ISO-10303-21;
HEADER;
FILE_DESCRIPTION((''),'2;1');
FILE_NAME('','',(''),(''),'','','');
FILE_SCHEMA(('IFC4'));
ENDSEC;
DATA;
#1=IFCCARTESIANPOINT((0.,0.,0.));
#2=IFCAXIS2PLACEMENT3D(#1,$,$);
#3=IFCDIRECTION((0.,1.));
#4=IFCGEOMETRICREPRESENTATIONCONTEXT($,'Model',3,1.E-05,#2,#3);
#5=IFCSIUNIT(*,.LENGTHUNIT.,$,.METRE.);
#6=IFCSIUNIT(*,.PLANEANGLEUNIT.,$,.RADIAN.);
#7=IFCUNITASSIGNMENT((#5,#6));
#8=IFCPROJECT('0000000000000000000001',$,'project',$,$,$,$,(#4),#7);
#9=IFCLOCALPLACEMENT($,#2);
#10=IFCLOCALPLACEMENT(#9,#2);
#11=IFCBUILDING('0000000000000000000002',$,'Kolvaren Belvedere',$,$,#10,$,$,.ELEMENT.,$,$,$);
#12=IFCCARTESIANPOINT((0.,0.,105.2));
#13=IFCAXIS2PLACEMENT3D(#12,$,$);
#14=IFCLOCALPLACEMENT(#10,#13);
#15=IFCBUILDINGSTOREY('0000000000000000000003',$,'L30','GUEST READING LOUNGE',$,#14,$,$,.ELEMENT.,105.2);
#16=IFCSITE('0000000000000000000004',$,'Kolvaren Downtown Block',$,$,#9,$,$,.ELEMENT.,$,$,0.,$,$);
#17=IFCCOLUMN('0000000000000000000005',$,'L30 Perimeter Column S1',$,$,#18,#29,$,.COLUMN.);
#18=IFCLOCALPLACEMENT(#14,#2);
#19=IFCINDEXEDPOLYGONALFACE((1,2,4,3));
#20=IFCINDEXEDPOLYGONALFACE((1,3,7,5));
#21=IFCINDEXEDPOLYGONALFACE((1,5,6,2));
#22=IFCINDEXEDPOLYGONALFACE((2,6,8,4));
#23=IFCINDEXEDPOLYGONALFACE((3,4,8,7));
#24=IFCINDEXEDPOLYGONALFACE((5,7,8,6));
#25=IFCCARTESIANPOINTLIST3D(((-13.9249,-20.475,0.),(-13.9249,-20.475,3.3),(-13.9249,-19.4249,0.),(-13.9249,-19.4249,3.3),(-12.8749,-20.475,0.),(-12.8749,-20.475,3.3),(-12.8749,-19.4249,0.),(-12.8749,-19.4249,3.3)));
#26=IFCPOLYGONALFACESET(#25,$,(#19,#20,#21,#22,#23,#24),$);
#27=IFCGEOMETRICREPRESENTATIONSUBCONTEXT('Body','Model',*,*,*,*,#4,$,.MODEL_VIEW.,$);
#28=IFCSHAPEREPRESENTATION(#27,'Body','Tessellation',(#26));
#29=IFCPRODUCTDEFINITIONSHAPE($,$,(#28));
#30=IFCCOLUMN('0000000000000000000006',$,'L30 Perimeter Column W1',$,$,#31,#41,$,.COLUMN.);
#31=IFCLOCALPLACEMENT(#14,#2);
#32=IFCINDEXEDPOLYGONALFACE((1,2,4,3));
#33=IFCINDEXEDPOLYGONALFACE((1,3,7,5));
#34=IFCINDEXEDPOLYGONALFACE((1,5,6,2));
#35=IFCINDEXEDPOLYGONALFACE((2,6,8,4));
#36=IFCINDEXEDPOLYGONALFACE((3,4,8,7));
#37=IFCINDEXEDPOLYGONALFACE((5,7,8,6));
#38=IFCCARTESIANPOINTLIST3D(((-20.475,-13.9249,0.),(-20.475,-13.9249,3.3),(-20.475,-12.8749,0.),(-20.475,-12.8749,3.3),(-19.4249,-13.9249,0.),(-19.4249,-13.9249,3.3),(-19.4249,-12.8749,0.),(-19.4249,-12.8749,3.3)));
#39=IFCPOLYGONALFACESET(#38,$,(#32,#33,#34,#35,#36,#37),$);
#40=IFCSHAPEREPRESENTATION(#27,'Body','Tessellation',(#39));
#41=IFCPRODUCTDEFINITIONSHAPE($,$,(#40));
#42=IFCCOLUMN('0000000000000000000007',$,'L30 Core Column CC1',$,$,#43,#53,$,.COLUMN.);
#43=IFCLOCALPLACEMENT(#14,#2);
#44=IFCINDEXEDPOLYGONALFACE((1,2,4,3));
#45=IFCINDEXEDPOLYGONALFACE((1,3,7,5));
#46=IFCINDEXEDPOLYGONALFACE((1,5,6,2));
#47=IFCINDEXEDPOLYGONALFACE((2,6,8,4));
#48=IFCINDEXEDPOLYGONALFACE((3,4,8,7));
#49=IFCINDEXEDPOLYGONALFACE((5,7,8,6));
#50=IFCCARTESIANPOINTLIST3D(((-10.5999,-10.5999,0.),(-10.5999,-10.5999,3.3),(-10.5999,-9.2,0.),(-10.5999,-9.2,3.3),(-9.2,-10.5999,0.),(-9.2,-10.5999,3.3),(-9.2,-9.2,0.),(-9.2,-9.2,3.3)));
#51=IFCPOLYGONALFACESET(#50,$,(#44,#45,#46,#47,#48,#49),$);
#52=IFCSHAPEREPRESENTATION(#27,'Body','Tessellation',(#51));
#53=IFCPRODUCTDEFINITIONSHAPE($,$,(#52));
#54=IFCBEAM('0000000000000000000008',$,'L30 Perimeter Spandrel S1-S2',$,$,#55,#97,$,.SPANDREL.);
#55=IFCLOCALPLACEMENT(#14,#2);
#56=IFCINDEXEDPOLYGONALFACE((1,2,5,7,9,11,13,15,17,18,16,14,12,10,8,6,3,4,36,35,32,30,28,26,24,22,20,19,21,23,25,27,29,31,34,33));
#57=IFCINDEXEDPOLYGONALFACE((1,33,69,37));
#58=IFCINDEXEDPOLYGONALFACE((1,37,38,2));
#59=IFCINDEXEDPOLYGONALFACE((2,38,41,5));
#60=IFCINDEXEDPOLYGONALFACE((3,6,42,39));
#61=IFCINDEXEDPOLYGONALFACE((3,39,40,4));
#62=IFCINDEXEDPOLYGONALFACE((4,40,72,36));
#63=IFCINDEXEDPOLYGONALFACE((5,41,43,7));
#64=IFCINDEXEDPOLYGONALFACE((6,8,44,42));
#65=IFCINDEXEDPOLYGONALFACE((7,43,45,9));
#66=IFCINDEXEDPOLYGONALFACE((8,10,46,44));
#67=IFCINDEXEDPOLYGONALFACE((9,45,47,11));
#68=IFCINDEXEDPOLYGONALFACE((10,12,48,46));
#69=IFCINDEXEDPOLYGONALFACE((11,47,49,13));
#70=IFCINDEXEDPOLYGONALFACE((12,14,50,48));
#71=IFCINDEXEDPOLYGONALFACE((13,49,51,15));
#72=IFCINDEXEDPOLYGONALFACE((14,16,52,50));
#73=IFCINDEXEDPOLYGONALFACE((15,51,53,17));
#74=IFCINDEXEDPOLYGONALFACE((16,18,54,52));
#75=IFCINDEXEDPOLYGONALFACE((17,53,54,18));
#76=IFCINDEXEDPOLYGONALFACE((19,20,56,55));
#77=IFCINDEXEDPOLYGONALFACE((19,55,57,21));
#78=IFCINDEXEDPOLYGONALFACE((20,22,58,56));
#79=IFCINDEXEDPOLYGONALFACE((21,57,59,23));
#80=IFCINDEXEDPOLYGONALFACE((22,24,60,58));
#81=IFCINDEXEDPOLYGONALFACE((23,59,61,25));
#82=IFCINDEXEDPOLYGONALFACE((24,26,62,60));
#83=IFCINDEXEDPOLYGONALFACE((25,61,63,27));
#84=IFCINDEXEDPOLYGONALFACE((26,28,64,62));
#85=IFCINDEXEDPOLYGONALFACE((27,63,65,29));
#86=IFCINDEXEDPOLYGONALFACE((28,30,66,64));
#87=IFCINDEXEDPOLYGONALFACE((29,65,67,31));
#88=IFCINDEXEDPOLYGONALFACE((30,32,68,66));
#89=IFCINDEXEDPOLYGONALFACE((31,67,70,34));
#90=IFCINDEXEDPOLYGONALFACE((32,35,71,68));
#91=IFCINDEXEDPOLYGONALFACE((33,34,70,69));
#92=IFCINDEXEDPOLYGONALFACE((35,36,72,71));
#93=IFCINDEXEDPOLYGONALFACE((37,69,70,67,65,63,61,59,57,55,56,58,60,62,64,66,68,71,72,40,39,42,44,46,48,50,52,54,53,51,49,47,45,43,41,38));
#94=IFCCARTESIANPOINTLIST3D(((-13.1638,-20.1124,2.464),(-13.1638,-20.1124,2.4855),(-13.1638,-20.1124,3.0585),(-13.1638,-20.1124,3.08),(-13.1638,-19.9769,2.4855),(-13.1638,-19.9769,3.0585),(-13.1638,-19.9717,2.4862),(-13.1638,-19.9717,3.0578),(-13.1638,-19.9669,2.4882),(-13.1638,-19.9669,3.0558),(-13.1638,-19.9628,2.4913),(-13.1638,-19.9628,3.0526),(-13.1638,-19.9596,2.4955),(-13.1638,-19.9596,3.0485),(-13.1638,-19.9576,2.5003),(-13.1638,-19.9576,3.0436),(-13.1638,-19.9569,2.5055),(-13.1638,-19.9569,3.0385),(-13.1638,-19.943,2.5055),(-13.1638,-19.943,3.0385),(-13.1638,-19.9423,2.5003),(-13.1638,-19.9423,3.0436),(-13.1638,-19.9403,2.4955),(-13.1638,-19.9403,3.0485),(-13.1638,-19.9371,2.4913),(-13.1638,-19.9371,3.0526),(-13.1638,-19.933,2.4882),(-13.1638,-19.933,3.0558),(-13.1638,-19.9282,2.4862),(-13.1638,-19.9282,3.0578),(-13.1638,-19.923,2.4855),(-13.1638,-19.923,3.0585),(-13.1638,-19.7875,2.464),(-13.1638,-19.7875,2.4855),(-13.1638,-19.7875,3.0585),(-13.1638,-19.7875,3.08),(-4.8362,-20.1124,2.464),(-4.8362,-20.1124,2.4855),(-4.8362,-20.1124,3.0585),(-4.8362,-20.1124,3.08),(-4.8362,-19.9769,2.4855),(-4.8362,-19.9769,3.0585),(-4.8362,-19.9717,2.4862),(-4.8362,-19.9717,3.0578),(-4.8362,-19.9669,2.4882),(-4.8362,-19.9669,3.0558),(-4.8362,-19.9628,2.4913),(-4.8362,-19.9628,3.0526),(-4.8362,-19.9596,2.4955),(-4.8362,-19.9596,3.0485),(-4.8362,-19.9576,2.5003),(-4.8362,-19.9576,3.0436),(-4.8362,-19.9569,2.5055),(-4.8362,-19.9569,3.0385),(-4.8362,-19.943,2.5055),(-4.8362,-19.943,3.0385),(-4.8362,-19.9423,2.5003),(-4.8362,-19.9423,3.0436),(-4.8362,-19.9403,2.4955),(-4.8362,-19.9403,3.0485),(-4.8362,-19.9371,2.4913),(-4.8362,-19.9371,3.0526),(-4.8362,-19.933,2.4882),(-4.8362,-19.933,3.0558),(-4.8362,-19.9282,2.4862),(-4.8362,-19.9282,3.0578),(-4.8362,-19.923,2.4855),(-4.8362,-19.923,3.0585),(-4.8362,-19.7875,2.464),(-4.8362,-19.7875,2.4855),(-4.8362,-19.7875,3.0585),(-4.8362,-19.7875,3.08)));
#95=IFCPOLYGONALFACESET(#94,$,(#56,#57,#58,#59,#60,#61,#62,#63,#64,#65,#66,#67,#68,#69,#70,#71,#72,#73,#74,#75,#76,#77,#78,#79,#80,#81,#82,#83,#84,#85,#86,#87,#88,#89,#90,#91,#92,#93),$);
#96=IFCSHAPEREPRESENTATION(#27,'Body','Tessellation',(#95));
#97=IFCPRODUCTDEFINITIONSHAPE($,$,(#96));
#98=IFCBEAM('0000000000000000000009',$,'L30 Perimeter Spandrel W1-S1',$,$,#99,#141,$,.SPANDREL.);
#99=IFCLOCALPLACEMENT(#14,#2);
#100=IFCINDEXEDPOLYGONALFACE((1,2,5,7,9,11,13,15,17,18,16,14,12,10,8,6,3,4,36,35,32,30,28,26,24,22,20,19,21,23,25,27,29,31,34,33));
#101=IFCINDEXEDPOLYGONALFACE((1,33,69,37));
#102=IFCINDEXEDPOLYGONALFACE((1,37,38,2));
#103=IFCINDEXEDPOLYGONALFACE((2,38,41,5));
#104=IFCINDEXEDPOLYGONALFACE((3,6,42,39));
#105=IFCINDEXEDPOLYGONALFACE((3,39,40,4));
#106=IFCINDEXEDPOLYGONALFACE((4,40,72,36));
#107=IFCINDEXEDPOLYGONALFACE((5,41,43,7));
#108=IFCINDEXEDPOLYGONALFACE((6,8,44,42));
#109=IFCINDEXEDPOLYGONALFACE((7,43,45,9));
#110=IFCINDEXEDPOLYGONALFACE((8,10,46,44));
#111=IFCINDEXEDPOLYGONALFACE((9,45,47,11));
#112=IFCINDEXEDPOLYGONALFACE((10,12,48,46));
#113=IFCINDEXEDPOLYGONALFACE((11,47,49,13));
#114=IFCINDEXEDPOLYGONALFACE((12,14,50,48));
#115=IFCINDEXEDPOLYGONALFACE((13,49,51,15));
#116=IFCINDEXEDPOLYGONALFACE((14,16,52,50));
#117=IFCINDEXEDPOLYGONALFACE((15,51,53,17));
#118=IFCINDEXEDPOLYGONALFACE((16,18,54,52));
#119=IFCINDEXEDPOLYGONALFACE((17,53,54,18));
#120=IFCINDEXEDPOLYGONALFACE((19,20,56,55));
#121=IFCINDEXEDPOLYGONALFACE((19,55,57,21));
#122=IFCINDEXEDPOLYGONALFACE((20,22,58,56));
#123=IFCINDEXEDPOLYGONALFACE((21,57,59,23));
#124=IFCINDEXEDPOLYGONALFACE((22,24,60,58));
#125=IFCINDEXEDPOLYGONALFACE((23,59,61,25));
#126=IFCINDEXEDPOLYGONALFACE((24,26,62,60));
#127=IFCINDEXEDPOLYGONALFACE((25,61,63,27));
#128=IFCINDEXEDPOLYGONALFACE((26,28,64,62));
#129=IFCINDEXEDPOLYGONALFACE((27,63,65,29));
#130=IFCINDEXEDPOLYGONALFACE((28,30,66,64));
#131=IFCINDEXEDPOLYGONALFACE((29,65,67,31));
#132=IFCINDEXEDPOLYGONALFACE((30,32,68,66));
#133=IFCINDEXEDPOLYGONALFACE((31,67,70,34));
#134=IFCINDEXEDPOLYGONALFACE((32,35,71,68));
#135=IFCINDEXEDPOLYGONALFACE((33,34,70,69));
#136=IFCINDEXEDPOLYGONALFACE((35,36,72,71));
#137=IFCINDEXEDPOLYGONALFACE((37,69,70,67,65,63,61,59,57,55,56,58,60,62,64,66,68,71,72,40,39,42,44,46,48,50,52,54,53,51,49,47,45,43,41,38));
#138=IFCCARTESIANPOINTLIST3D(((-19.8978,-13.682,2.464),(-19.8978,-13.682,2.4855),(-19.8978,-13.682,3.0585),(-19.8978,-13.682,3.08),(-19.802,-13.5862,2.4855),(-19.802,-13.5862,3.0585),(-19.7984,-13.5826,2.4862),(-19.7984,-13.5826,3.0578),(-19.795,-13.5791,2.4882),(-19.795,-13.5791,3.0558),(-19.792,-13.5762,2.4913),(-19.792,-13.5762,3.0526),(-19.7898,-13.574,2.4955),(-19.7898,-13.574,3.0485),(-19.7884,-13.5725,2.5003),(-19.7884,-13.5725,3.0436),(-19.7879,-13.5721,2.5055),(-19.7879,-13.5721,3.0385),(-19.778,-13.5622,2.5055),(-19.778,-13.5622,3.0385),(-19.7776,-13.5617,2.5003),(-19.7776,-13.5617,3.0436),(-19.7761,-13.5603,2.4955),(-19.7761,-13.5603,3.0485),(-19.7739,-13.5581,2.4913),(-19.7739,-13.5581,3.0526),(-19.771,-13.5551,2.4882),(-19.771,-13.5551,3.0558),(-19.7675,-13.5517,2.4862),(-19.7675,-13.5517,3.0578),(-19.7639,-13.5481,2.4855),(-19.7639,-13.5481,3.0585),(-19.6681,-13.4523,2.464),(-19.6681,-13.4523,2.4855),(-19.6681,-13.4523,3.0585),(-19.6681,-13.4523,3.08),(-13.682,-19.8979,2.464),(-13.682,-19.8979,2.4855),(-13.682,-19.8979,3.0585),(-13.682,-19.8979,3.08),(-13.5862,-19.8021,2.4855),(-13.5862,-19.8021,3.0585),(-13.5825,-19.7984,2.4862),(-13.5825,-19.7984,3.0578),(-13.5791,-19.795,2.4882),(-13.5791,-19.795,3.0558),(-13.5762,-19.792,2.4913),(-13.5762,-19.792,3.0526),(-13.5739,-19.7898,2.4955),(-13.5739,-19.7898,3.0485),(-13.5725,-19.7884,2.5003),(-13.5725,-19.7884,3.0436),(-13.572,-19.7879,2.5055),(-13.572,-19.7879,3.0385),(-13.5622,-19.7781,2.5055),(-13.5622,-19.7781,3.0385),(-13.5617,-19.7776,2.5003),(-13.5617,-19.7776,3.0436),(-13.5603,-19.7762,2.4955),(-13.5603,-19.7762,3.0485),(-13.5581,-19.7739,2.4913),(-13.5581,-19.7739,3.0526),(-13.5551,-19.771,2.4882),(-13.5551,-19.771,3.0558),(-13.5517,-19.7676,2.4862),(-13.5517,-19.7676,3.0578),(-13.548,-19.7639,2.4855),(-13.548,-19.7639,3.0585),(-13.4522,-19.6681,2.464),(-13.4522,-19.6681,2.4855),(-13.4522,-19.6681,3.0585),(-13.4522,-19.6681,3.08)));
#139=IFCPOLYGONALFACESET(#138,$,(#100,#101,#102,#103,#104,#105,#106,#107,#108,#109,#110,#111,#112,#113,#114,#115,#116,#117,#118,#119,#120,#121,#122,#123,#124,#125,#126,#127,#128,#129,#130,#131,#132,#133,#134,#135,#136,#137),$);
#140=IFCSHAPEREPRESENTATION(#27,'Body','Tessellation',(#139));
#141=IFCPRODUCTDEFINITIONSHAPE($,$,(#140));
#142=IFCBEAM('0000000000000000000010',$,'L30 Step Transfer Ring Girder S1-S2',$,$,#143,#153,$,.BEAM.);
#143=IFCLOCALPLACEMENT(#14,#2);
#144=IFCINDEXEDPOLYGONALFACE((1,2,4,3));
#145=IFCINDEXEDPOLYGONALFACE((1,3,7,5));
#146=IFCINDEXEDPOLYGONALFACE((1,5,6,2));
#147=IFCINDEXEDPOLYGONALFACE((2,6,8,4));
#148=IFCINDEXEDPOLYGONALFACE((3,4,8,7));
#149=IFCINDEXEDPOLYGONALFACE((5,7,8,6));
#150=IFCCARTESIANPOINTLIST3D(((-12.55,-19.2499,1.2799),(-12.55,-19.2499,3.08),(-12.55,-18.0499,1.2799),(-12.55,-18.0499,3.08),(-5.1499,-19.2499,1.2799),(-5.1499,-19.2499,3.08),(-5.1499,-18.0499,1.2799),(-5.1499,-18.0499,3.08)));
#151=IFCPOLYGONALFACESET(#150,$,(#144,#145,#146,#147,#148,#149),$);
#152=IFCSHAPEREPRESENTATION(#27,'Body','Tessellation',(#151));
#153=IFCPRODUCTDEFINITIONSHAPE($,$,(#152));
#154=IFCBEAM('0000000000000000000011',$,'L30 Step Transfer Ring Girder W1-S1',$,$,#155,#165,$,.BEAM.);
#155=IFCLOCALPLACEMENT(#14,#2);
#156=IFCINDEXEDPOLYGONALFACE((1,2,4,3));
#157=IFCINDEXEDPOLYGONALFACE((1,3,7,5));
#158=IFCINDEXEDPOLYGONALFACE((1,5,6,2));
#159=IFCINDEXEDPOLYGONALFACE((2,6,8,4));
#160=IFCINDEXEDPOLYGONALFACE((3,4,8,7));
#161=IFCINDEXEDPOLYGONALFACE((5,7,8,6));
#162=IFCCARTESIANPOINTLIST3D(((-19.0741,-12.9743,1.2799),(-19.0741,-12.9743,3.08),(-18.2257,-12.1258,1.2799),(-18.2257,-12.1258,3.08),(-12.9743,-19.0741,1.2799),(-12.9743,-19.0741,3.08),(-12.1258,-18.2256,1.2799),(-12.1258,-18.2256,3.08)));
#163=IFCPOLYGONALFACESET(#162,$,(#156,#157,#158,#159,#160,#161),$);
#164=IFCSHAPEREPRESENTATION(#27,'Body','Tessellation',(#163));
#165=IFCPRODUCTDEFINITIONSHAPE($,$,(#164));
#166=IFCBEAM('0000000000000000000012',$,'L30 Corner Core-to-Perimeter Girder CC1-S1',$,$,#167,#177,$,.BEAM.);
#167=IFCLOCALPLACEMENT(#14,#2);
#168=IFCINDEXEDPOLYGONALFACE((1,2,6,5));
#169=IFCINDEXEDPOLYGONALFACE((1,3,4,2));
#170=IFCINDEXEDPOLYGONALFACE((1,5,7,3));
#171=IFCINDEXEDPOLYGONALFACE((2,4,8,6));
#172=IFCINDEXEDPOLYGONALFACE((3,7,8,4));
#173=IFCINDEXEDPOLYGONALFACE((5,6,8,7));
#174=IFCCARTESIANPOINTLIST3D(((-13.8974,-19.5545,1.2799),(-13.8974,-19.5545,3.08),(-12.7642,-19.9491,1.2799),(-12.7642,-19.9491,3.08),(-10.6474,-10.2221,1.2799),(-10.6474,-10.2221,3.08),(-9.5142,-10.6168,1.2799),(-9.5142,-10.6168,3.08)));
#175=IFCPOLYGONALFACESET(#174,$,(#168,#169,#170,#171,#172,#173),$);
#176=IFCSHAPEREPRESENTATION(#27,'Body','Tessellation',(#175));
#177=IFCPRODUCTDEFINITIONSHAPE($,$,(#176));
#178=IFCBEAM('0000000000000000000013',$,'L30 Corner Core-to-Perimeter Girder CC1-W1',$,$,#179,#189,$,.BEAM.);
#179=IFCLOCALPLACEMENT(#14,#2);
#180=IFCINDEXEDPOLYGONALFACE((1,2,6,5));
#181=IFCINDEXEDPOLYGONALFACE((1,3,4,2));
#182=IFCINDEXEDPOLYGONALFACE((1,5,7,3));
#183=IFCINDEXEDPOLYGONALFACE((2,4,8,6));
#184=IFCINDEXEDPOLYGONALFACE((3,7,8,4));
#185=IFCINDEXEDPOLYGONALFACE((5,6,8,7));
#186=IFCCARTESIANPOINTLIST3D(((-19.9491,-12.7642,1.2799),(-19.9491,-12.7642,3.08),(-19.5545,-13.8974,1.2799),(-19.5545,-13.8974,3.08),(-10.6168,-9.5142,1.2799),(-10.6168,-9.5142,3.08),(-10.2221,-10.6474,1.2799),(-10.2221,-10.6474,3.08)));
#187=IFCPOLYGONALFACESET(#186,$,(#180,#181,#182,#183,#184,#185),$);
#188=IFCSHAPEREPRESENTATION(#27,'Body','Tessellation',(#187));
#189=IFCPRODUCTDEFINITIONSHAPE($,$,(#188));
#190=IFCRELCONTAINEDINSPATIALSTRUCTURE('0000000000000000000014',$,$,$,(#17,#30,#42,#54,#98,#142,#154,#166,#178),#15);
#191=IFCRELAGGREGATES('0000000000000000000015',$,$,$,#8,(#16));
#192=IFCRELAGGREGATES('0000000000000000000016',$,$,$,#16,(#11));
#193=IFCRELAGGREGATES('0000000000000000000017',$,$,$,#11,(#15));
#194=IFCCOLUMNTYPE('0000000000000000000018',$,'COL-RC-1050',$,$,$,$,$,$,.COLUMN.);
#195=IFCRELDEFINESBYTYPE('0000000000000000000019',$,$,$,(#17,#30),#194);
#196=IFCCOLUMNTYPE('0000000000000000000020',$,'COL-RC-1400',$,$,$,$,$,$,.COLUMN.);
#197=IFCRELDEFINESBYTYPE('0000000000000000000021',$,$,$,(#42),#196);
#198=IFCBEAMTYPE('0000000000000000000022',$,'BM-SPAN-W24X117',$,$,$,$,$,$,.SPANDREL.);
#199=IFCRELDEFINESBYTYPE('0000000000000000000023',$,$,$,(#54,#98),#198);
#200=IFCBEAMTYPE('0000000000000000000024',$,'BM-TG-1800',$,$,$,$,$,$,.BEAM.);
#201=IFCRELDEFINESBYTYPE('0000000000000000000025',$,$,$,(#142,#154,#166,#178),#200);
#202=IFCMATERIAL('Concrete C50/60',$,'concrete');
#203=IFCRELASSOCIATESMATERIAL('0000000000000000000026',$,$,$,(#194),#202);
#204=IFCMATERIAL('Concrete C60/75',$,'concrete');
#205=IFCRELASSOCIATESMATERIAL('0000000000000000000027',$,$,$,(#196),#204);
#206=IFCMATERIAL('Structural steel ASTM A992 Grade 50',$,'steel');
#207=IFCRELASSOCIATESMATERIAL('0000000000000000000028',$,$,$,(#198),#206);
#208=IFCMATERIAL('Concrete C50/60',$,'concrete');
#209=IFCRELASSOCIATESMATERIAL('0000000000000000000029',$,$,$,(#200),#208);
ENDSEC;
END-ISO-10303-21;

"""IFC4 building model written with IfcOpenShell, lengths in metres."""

from ifc_helpers import new_model, si_unit, direction, frame, origin, origin_2d, place, context, subcontext, project, spatial, rectangle, i_section, extrude, material, material_profile, profile_set, type_object, element, save


model = new_model("IFC4")

# Units and contexts
model_context = context("Model", 3, precision=1e-05, world=origin(), true_north=direction((0.0, 1.0)))
body_context = subcontext(model_context, "Body", "Model", "MODEL_VIEW")
ifc_project = project(units=[si_unit("LENGTHUNIT", "METRE"), si_unit("PLANEANGLEUNIT", "RADIAN")], contexts=[model_context])

# Site, building, storey
site_placement = place(None, origin())
site = spatial("IfcSite", under=ifc_project, at=site_placement, Name="Kolvaren Downtown Block", CompositionType="ELEMENT", RefElevation=0.0)
building_placement = place(site_placement, origin())
building = spatial("IfcBuilding", under=site, at=building_placement, Name="Kolvaren Belvedere", CompositionType="ELEMENT")
storey_placement = place(building_placement, frame((0.0, 0.0, 105.2)))
storey = spatial("IfcBuildingStorey", under=building, at=storey_placement, Name="L30", Description="GUEST READING LOUNGE", CompositionType="ELEMENT", Elevation=105.2)

# Columns
ifc_material_1 = material(Name="Concrete C50/60", Category="concrete")
ifc_material_profile_1 = material_profile(ifc_material_1, rectangle(XDim=1.05, YDim=1.05, at=origin_2d()), Name="RC 1050X1050")
ifc_profile_set_1 = profile_set([ifc_material_profile_1], Name="Concrete C50/60")
column_type_1 = type_object("IfcColumnType", Name="COL-RC-1050", PredefinedType="COLUMN", material=ifc_profile_set_1)
for number, where, z_axis, x_axis, name in (
    (1, (-13.3999, -19.95, 0.0), (0.0, 0.0, 1.0), (1.0, 0.0, 0.0), "L30 Perimeter Column S1"),
    (2, (-19.95, -13.3999, 0.0), (0.0, 0.0, 1.0), (1.0, 0.0, 0.0), "L30 Perimeter Column W1"),
):
    element("IfcColumn", number, at=place(storey_placement, frame(where, z_axis=z_axis, x_axis=x_axis)), inside=storey, type_object=column_type_1, Name=name, PredefinedType="COLUMN", context=body_context, shape_type="SweptSolid", body=[
        extrude(rectangle(XDim=1.05, YDim=1.05, at=origin_2d()), origin(), (0.0, 0.0, 1.0), 3.3),
    ])
ifc_material_2 = material(Name="Concrete C60/75", Category="concrete")
ifc_material_profile_2 = material_profile(ifc_material_2, rectangle(XDim=1.3999, YDim=1.3999, at=origin_2d()), Name="RC 1400X1400")
ifc_profile_set_2 = profile_set([ifc_material_profile_2], Name="Concrete C60/75")
column_type_2 = type_object("IfcColumnType", Name="COL-RC-1400", PredefinedType="COLUMN", material=ifc_profile_set_2)
column_placement = place(storey_placement, frame((-9.8999, -9.8999, 0.0), z_axis=(0.0, 0.0, 1.0), x_axis=(1.0, 0.0, 0.0)))
element("IfcColumn", 3, at=column_placement, inside=storey, type_object=column_type_2, Name="L30 Core Column CC1", PredefinedType="COLUMN", context=body_context, shape_type="SweptSolid", body=[
    extrude(rectangle(XDim=1.3999, YDim=1.3999, at=origin_2d()), origin(), (0.0, 0.0, 1.0), 3.3),
])

# Beams
ifc_material_3 = material(Name="Structural steel ASTM A992 Grade 50", Category="steel")
ifc_material_profile_3 = material_profile(ifc_material_3, i_section(OverallWidth=0.325, OverallDepth=0.616, WebThickness=0.0139, FlangeThickness=0.0215, FilletRadius=0.02, at=origin_2d()), Name="W24X117")
ifc_profile_set_3 = profile_set([ifc_material_profile_3], Name="Structural steel ASTM A992 Grade 50")
beam_type_1 = type_object("IfcBeamType", Name="BM-SPAN-W24X117", PredefinedType="SPANDREL", material=ifc_profile_set_3)
beam_1_placement = place(storey_placement, frame((-13.1638, -19.95, 2.772), z_axis=(1.0, 0.0, 0.0), x_axis=(0.0, 1.0, 0.0)))
element("IfcBeam", 4, at=beam_1_placement, inside=storey, type_object=beam_type_1, Name="L30 Perimeter Spandrel S1-S2", PredefinedType="SPANDREL", context=body_context, shape_type="SweptSolid", body=[
    extrude(i_section(OverallWidth=0.325, OverallDepth=0.616, WebThickness=0.0139, FlangeThickness=0.0215, FilletRadius=0.02, at=origin_2d()), origin(), (0.0, 0.0, 1.0), 8.3276),
])
beam_2_placement = place(storey_placement, frame((-19.783, -13.5671, 2.772), z_axis=(0.707107, -0.707107, 0.0), x_axis=(0.707107, 0.707107, 0.0)))
element("IfcBeam", 5, at=beam_2_placement, inside=storey, type_object=beam_type_1, Name="L30 Perimeter Spandrel W1-S1", PredefinedType="SPANDREL", context=body_context, shape_type="SweptSolid", body=[
    extrude(i_section(OverallWidth=0.325, OverallDepth=0.616, WebThickness=0.0139, FlangeThickness=0.0215, FilletRadius=0.02, at=origin_2d()), origin(), (0.0, 0.0, 1.0), 8.7905),
])
ifc_material_4 = material(Name="Concrete C50/60", Category="concrete")
ifc_material_profile_4 = material_profile(ifc_material_4, rectangle(XDim=1.2, YDim=1.8, at=origin_2d()), Name="RC 1200X1800")
ifc_profile_set_4 = profile_set([ifc_material_profile_4], Name="Concrete C50/60")
beam_type_2 = type_object("IfcBeamType", Name="BM-TG-1800", PredefinedType="BEAM", material=ifc_profile_set_4)
beam_3_placement = place(storey_placement, frame((-12.55, -18.6499, 2.1799), z_axis=(1.0, 0.0, 0.0), x_axis=(0.0, 1.0, 0.0)))
element("IfcBeam", 6, at=beam_3_placement, inside=storey, type_object=beam_type_2, Name="L30 Step Transfer Ring Girder S1-S2", PredefinedType="BEAM", context=body_context, shape_type="SweptSolid", body=[
    extrude(rectangle(XDim=1.2, YDim=1.8, at=origin_2d()), origin(), (0.0, 0.0, 1.0), 7.4001),
])
beam_4_placement = place(storey_placement, frame((-18.6499, -12.55, 2.1799), z_axis=(0.707107, -0.707107, 0.0), x_axis=(0.707107, 0.707107, 0.0)))
element("IfcBeam", 7, at=beam_4_placement, inside=storey, type_object=beam_type_2, Name="L30 Step Transfer Ring Girder W1-S1", PredefinedType="BEAM", context=body_context, shape_type="SweptSolid", body=[
    extrude(rectangle(XDim=1.2, YDim=1.8, at=origin_2d()), origin(), (0.0, 0.0, 1.0), 8.6265),
])
for number, where, z_axis, x_axis, name in (
    (8, (-10.0808, -10.4194, 2.1799), (-0.328881, -0.944371, 0.0), (0.944371, -0.328881, 0.0), "L30 Corner Core-to-Perimeter Girder CC1-S1"),
    (9, (-10.4194, -10.0808, 2.1799), (-0.944371, -0.328881, 0.0), (0.328881, -0.944371, 0.0), "L30 Corner Core-to-Perimeter Girder CC1-W1"),
):
    element("IfcBeam", number, at=place(storey_placement, frame(where, z_axis=z_axis, x_axis=x_axis)), inside=storey, type_object=beam_type_2, Name=name, PredefinedType="BEAM", context=body_context, shape_type="SweptSolid", body=[
        extrude(rectangle(XDim=1.2, YDim=1.8, at=origin_2d()), origin(), (0.0, 0.0, 1.0), 9.8821),
    ])

save(model, "model.ifc")
